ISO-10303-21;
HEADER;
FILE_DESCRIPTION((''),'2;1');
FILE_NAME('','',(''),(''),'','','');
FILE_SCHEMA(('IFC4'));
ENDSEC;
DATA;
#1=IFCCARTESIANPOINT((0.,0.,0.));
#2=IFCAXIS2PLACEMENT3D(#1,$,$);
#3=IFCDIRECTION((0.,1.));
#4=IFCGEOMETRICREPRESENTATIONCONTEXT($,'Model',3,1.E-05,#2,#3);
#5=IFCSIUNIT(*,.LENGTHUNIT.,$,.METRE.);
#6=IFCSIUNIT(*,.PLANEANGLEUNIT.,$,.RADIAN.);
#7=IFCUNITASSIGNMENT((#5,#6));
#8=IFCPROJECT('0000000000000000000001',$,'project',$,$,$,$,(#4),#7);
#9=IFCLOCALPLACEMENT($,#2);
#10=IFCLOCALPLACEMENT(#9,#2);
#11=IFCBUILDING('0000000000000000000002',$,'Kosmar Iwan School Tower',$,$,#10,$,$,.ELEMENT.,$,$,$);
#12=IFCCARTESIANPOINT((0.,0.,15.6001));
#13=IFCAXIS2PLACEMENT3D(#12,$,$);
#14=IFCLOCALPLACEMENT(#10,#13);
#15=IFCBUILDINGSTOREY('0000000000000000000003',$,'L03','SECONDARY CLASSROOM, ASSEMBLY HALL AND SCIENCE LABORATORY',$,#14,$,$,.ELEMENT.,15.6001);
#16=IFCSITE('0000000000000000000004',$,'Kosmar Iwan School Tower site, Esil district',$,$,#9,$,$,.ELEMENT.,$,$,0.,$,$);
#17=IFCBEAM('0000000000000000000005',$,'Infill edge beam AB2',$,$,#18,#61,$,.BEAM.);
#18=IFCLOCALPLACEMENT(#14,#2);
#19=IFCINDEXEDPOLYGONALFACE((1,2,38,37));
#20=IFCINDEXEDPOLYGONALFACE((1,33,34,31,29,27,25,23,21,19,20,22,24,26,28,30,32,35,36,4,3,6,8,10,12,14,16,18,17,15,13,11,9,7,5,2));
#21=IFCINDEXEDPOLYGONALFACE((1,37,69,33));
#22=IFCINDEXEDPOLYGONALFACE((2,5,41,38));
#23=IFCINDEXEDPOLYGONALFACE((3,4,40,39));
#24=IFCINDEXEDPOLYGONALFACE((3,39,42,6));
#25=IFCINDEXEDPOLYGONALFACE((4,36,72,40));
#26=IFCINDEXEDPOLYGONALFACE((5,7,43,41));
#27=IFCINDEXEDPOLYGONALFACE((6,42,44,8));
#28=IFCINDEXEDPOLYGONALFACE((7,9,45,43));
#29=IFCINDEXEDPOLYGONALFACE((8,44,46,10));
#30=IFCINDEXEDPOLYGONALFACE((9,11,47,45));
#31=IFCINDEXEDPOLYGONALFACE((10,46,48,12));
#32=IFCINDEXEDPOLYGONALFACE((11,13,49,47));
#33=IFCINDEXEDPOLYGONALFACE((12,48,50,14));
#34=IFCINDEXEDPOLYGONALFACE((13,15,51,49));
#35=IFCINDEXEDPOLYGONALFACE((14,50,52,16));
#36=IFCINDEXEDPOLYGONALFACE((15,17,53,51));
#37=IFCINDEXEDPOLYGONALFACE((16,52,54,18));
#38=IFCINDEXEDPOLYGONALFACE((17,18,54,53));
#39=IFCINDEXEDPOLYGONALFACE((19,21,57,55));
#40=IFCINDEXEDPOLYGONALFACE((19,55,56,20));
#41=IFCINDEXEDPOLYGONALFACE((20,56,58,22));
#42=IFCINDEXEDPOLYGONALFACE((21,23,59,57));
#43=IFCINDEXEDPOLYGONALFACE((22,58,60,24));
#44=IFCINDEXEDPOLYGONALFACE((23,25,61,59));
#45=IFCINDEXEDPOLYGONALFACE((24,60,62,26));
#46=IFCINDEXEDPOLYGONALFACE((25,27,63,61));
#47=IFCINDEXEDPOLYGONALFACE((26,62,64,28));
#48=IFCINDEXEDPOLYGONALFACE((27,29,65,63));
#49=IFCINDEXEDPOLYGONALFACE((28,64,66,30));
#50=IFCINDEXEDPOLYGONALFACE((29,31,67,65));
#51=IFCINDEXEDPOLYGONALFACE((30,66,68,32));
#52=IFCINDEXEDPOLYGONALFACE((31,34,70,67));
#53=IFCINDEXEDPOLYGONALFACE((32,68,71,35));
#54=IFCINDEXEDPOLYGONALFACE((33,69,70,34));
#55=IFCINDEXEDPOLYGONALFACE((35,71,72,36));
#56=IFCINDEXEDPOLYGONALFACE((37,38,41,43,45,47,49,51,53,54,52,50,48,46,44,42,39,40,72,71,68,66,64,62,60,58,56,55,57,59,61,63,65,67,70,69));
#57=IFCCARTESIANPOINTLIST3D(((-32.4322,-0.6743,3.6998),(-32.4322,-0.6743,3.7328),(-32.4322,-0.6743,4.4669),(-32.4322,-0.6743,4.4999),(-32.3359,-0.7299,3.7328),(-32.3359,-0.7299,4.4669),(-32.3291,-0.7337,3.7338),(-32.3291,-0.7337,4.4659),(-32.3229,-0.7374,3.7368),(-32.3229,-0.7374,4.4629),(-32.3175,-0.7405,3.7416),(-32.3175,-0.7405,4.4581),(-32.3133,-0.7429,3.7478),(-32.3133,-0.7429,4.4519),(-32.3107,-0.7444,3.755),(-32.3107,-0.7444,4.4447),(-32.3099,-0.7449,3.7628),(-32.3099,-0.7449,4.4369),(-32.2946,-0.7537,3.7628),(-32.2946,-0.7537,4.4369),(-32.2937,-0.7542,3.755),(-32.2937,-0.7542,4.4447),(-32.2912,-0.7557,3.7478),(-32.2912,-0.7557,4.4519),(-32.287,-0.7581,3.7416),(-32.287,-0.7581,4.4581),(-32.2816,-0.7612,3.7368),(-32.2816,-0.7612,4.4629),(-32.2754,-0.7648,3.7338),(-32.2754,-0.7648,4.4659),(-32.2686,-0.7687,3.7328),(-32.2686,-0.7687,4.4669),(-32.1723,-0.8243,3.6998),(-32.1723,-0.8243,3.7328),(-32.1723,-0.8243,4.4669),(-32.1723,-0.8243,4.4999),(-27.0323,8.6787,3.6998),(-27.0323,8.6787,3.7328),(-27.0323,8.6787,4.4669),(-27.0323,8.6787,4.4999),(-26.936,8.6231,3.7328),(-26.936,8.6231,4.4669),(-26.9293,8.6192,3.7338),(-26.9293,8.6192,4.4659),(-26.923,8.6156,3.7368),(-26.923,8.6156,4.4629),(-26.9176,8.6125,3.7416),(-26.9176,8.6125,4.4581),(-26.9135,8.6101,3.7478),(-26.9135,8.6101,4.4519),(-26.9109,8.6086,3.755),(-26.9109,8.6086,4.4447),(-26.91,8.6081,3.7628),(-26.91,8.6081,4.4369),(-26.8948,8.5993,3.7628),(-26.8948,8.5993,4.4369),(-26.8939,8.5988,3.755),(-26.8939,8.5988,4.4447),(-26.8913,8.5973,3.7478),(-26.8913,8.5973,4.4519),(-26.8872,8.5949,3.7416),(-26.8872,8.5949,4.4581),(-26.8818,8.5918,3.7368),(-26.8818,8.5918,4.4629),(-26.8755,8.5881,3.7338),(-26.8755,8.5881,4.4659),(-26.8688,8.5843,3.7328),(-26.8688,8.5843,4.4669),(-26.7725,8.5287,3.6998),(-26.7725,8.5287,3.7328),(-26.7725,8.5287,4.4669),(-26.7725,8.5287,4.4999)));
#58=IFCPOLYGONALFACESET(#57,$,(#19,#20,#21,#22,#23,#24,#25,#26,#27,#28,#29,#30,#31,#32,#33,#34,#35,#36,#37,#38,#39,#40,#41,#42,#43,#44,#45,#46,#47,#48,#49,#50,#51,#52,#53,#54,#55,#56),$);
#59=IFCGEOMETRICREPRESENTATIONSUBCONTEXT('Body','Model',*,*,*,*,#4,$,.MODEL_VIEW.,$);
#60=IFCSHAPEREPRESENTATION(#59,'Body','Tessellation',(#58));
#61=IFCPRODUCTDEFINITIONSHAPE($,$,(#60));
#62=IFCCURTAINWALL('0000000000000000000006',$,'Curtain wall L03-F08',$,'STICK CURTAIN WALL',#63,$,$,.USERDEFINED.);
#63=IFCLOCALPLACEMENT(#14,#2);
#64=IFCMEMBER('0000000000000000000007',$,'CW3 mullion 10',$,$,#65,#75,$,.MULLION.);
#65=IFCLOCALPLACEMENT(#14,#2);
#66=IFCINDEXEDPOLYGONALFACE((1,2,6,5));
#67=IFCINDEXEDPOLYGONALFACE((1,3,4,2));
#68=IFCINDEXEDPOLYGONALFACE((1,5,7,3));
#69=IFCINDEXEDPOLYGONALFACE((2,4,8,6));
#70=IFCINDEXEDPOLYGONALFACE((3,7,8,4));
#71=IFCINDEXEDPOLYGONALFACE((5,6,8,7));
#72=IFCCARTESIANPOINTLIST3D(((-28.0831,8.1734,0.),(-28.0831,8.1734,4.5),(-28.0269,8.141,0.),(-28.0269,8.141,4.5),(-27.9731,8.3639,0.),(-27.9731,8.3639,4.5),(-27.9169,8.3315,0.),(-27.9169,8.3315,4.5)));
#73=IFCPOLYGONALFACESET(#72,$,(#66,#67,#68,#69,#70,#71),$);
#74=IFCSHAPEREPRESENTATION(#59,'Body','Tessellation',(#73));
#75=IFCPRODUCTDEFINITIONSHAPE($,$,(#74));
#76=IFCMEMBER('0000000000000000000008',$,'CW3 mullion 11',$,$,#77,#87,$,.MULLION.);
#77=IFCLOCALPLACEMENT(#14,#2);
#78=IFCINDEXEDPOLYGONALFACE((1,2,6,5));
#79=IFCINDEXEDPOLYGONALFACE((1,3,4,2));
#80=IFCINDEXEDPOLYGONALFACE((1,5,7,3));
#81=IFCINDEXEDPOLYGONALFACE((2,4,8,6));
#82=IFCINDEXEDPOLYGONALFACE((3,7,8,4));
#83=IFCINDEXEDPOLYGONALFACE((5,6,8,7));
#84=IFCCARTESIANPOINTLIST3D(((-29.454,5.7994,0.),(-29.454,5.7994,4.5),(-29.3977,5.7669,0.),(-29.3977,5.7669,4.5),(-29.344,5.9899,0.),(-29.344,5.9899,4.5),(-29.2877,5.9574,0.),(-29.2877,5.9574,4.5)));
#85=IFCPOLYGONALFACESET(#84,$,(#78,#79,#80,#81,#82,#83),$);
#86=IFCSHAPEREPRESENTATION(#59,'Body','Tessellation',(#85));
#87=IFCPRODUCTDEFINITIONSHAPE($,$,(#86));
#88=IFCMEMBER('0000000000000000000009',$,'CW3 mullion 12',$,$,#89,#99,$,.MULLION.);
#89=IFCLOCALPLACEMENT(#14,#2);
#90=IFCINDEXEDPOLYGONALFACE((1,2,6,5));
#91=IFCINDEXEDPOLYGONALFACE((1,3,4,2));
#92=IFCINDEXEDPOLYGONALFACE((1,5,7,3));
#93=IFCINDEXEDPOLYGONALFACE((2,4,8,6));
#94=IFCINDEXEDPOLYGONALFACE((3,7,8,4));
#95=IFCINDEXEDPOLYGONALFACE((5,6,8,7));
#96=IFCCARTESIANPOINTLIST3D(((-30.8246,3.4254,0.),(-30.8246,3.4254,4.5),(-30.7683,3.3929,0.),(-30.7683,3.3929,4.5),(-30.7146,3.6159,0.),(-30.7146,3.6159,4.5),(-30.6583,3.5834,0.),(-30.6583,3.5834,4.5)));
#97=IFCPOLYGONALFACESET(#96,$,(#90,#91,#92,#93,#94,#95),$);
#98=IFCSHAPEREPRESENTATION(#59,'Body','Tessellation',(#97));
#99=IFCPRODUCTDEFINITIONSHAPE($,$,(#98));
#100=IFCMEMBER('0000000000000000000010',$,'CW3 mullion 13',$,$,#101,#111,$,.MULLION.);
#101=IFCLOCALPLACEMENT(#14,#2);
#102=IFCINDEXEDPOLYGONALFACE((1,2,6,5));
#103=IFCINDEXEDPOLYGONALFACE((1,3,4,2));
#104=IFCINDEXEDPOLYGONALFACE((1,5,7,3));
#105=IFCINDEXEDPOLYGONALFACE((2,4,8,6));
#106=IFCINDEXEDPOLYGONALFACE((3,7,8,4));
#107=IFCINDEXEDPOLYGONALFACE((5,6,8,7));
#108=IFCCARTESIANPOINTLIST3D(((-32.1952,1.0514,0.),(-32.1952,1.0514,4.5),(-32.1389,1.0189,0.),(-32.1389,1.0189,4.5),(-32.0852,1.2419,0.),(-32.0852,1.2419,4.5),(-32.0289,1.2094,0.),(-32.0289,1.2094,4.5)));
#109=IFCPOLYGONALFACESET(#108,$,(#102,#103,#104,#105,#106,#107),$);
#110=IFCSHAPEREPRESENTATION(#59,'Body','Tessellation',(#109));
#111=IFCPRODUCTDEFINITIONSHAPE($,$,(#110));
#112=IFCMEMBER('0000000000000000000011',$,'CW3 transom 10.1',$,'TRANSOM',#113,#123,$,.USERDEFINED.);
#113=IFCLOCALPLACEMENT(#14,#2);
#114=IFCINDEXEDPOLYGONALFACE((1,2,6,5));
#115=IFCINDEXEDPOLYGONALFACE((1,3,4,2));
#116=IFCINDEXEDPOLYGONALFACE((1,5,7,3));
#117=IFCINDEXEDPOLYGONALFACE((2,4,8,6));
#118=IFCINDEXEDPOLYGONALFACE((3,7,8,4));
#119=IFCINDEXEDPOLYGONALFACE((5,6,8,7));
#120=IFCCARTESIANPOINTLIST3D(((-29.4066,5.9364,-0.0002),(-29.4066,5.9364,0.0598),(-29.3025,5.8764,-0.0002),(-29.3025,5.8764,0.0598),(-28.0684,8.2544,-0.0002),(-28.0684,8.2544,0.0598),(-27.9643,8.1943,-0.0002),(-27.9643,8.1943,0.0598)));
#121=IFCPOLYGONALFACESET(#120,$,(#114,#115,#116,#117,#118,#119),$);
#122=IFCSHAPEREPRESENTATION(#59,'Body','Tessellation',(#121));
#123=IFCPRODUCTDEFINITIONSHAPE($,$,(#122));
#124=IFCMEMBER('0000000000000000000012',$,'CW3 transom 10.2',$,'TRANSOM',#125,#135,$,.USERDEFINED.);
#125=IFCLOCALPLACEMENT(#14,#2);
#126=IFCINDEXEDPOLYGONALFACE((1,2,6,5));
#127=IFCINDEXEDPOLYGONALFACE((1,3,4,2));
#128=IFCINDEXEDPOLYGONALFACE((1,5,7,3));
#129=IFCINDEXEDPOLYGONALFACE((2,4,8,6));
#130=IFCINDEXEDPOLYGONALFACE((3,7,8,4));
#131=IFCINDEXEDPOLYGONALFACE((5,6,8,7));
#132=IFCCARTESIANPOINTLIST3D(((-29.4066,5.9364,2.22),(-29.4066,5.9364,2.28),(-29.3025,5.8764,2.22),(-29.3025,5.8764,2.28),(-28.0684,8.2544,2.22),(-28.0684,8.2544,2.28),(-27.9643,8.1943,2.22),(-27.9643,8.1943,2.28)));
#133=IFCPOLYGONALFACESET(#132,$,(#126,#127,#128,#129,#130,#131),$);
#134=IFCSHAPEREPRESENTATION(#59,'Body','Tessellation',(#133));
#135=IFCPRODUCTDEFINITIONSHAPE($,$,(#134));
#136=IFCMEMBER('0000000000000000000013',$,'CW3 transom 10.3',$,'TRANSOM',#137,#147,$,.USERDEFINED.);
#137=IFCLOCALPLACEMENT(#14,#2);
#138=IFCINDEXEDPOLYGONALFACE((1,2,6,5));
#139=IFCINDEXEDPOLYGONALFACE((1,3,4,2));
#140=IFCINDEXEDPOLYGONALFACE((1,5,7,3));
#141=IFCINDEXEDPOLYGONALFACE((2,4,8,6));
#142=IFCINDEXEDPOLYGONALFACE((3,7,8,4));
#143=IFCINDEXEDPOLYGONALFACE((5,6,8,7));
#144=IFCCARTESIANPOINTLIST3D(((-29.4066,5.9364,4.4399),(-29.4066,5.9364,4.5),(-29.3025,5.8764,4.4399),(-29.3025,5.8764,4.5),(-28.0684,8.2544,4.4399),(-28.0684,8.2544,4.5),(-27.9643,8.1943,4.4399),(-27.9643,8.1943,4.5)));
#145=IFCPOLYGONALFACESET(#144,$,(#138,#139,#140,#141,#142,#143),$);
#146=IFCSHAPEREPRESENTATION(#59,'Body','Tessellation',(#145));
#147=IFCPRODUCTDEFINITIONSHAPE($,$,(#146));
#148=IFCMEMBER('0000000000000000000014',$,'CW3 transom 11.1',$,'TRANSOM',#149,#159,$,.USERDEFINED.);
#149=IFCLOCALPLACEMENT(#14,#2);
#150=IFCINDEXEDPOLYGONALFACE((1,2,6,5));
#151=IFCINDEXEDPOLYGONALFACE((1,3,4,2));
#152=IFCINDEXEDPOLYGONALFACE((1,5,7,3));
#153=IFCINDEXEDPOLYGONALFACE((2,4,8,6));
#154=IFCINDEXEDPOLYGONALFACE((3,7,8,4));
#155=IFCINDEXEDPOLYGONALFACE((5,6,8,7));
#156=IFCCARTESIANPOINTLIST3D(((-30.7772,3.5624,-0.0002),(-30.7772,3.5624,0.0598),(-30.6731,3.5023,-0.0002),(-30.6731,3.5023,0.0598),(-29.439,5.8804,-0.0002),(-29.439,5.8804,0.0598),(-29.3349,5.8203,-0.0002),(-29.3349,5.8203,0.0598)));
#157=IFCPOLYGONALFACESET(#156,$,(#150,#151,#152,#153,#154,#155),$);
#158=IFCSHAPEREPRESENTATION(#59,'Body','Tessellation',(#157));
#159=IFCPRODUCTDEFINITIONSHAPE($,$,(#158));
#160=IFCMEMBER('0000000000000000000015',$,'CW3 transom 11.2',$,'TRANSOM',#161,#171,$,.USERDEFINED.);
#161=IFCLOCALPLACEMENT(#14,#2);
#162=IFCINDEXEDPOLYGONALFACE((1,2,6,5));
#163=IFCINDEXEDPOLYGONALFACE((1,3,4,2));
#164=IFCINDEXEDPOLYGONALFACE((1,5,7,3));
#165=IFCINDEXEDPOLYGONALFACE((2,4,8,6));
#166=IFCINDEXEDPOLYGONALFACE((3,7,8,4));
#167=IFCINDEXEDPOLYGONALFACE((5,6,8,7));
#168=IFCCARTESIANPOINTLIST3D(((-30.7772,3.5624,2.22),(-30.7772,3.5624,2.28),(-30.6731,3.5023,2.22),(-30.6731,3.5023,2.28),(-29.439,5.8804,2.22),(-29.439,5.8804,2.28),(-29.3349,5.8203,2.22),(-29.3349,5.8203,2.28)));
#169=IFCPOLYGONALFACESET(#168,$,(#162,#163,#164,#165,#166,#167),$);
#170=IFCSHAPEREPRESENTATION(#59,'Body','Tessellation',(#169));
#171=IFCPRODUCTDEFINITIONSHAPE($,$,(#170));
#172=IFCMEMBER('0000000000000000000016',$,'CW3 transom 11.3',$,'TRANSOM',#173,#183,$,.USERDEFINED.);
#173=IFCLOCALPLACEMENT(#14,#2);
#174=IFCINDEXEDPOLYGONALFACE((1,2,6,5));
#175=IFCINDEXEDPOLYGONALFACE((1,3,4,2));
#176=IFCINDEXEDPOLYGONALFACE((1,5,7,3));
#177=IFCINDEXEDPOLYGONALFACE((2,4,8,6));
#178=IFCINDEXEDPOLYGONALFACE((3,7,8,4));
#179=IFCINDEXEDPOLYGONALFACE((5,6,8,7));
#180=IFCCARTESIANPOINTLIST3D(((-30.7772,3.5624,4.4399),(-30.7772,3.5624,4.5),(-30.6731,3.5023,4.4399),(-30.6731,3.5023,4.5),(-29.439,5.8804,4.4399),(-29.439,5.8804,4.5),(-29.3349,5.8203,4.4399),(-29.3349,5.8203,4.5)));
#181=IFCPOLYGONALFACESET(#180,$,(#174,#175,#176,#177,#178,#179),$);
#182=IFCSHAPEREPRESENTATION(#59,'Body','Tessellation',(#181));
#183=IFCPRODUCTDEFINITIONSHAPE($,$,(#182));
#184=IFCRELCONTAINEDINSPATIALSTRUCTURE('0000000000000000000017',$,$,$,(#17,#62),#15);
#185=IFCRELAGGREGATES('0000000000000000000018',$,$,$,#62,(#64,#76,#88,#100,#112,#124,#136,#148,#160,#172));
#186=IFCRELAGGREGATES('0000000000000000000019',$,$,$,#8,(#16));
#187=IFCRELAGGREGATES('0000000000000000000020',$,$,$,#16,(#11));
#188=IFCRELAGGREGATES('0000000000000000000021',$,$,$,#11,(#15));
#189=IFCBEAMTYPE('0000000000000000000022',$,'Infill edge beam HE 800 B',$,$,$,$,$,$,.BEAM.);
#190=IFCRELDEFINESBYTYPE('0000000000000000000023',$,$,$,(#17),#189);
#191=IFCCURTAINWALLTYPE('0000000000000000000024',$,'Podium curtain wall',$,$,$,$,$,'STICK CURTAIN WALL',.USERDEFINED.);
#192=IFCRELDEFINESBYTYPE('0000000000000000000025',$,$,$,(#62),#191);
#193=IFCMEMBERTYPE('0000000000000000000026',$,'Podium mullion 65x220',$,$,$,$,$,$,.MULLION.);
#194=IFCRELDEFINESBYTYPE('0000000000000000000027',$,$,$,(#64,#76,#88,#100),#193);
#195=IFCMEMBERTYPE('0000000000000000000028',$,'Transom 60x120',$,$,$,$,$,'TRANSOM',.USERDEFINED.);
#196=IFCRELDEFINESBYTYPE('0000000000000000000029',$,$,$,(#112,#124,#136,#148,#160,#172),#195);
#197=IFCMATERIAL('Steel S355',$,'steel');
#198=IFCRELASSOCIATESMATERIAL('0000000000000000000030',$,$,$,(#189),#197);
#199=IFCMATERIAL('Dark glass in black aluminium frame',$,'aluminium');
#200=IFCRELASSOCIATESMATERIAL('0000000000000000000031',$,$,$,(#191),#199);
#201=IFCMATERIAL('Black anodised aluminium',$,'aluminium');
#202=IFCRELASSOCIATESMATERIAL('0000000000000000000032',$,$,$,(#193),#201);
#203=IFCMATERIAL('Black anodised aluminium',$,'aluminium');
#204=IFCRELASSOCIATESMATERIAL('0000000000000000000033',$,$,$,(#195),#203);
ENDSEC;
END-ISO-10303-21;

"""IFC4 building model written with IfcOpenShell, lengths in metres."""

from ifc_helpers import new_model, si_unit, direction, frame, origin, origin_2d, place, context, subcontext, project, spatial, rectangle, i_section, extrude, material, material_profile, profile_set, type_object, element, aggregate, save


model = new_model("IFC4")

# Units and contexts
model_context = context("Model", 3, precision=1e-05, world=origin(), true_north=direction((0.0, 1.0)))
body_context = subcontext(model_context, "Body", "Model", "MODEL_VIEW")
ifc_project = project(units=[si_unit("LENGTHUNIT", "METRE"), si_unit("PLANEANGLEUNIT", "RADIAN")], contexts=[model_context])

# Site, building, storey
site_placement = place(None, origin())
site = spatial("IfcSite", under=ifc_project, at=site_placement, Name="Kosmar Iwan School Tower site, Esil district", CompositionType="ELEMENT", RefElevation=0.0)
building_placement = place(site_placement, origin())
building = spatial("IfcBuilding", under=site, at=building_placement, Name="Kosmar Iwan School Tower", CompositionType="ELEMENT")
storey_placement = place(building_placement, frame((0.0, 0.0, 15.6001)))
storey = spatial("IfcBuildingStorey", under=building, at=storey_placement, Name="L03", Description="SECONDARY CLASSROOM, ASSEMBLY HALL AND SCIENCE LABORATORY", CompositionType="ELEMENT", Elevation=15.6001)

# Beam
ifc_material_1 = material(Name="Steel S355", Category="steel")
ifc_material_profile_1 = material_profile(ifc_material_1, i_section(OverallWidth=0.3, OverallDepth=0.8, WebThickness=0.0176, FlangeThickness=0.033, FilletRadius=0.03, at=origin_2d()), Name="HE 800 B")
ifc_profile_set_1 = profile_set([ifc_material_profile_1], Name="Steel S355")
beam_type = type_object("IfcBeamType", Name="Infill edge beam HE 800 B", PredefinedType="BEAM", material=ifc_profile_set_1)
beam_placement = place(storey_placement, frame((-32.3022, -0.7493, 4.0999), z_axis=(0.499995, 0.866028, 0.0), x_axis=(-0.866028, 0.499995, 0.0)))
element("IfcBeam", 1, at=beam_placement, inside=storey, type_object=beam_type, Name="Infill edge beam AB2", PredefinedType="BEAM", context=body_context, shape_type="SweptSolid", body=[
    extrude(i_section(OverallWidth=0.3, OverallDepth=0.8, WebThickness=0.0176, FlangeThickness=0.033, FilletRadius=0.03, at=origin_2d()), origin(), (0.0, 0.0, 1.0), 10.7998),
])

# Curtain wall, members
ifc_material_2 = material(Name="Dark glass in black aluminium frame", Category="aluminium")
curtain_wall_type = type_object("IfcCurtainWallType", Name="Podium curtain wall", ElementType="STICK CURTAIN WALL", PredefinedType="USERDEFINED", material=ifc_material_2)
curtain_wall_placement = place(storey_placement, origin())
curtain_wall = element("IfcCurtainWall", 2, at=curtain_wall_placement, inside=storey, type_object=curtain_wall_type, Name="Curtain wall L03-F08", ObjectType="STICK CURTAIN WALL", PredefinedType="USERDEFINED")
ifc_material_3 = material(Name="Black anodised aluminium", Category="aluminium")
ifc_material_profile_2 = material_profile(ifc_material_3, rectangle(XDim=0.0649, YDim=0.22, at=origin_2d()), Name="MULLION 65x220")
ifc_profile_set_2 = profile_set([ifc_material_profile_2], Name="Black anodised aluminium")
member_type_1 = type_object("IfcMemberType", Name="Podium mullion 65x220", PredefinedType="MULLION", material=ifc_profile_set_2)
member_1_placement = place(storey_placement, frame((-28.0, 8.2524, 0.0), z_axis=(0.0, 0.0, 1.0), x_axis=(0.866025, -0.5, 0.0)))
member_1 = element("IfcMember", 3, at=member_1_placement, type_object=member_type_1, Name="CW3 mullion 10", PredefinedType="MULLION", context=body_context, shape_type="SweptSolid", body=[
    extrude(rectangle(XDim=0.0649, YDim=0.22, at=origin_2d()), origin(), (0.0, 0.0, 1.0), 4.5),
])
member_2_placement = place(storey_placement, frame((-29.3708, 5.8784, 0.0), z_axis=(0.0, 0.0, 1.0), x_axis=(0.866025, -0.5, 0.0)))
member_2 = element("IfcMember", 4, at=member_2_placement, type_object=member_type_1, Name="CW3 mullion 11", PredefinedType="MULLION", context=body_context, shape_type="SweptSolid", body=[
    extrude(rectangle(XDim=0.0649, YDim=0.22, at=origin_2d()), origin(), (0.0, 0.0, 1.0), 4.5),
])
member_3_placement = place(storey_placement, frame((-30.7415, 3.5044, 0.0), z_axis=(0.0, 0.0, 1.0), x_axis=(0.866025, -0.5, 0.0)))
member_3 = element("IfcMember", 5, at=member_3_placement, type_object=member_type_1, Name="CW3 mullion 12", PredefinedType="MULLION", context=body_context, shape_type="SweptSolid", body=[
    extrude(rectangle(XDim=0.0649, YDim=0.22, at=origin_2d()), origin(), (0.0, 0.0, 1.0), 4.5),
])
member_4_placement = place(storey_placement, frame((-32.1121, 1.1304, 0.0), z_axis=(0.0, 0.0, 1.0), x_axis=(0.866025, -0.5, 0.0)))
member_4 = element("IfcMember", 6, at=member_4_placement, type_object=member_type_1, Name="CW3 mullion 13", PredefinedType="MULLION", context=body_context, shape_type="SweptSolid", body=[
    extrude(rectangle(XDim=0.0649, YDim=0.22, at=origin_2d()), origin(), (0.0, 0.0, 1.0), 4.5),
])
ifc_material_4 = material(Name="Black anodised aluminium", Category="aluminium")
ifc_material_profile_3 = material_profile(ifc_material_4, rectangle(XDim=0.1201, YDim=0.0601, at=origin_2d()), Name="TRANSOM 60x120")
ifc_profile_set_3 = profile_set([ifc_material_profile_3], Name="Black anodised aluminium")
member_type_2 = type_object("IfcMemberType", Name="Transom 60x120", ElementType="TRANSOM", PredefinedType="USERDEFINED", material=ifc_profile_set_3)
member_5_placement = place(storey_placement, frame((-28.0164, 8.2244, 0.0298), z_axis=(-0.499975, -0.86604, 0.0), x_axis=(0.86604, -0.499975, 0.0)))
member_5 = element("IfcMember", 7, at=member_5_placement, type_object=member_type_2, Name="CW3 transom 10.1", ObjectType="TRANSOM", PredefinedType="USERDEFINED", context=body_context, shape_type="SweptSolid", body=[
    extrude(rectangle(XDim=0.1201, YDim=0.0601, at=origin_2d()), origin(), (0.0, 0.0, 1.0), 2.6765),
])
member_6_placement = place(storey_placement, frame((-28.0164, 8.2244, 2.25), z_axis=(-0.499975, -0.86604, 0.0), x_axis=(0.86604, -0.499975, 0.0)))
member_6 = element("IfcMember", 8, at=member_6_placement, type_object=member_type_2, Name="CW3 transom 10.2", ObjectType="TRANSOM", PredefinedType="USERDEFINED", context=body_context, shape_type="SweptSolid", body=[
    extrude(rectangle(XDim=0.1201, YDim=0.0601, at=origin_2d()), origin(), (0.0, 0.0, 1.0), 2.6765),
])
member_7_placement = place(storey_placement, frame((-28.0164, 8.2244, 4.47), z_axis=(-0.499975, -0.86604, 0.0), x_axis=(0.86604, -0.499975, 0.0)))
member_7 = element("IfcMember", 9, at=member_7_placement, type_object=member_type_2, Name="CW3 transom 10.3", ObjectType="TRANSOM", PredefinedType="USERDEFINED", context=body_context, shape_type="SweptSolid", body=[
    extrude(rectangle(XDim=0.1201, YDim=0.0601, at=origin_2d()), origin(), (0.0, 0.0, 1.0), 2.6765),
])
member_8_placement = place(storey_placement, frame((-29.387, 5.8503, 0.0298), z_axis=(-0.499975, -0.86604, 0.0), x_axis=(0.86604, -0.499975, 0.0)))
member_8 = element("IfcMember", 10, at=member_8_placement, type_object=member_type_2, Name="CW3 transom 11.1", ObjectType="TRANSOM", PredefinedType="USERDEFINED", context=body_context, shape_type="SweptSolid", body=[
    extrude(rectangle(XDim=0.1201, YDim=0.0601, at=origin_2d()), origin(), (0.0, 0.0, 1.0), 2.6765),
])
member_9_placement = place(storey_placement, frame((-29.387, 5.8503, 2.25), z_axis=(-0.499975, -0.86604, 0.0), x_axis=(0.86604, -0.499975, 0.0)))
member_9 = element("IfcMember", 11, at=member_9_placement, type_object=member_type_2, Name="CW3 transom 11.2", ObjectType="TRANSOM", PredefinedType="USERDEFINED", context=body_context, shape_type="SweptSolid", body=[
    extrude(rectangle(XDim=0.1201, YDim=0.0601, at=origin_2d()), origin(), (0.0, 0.0, 1.0), 2.6765),
])
member_10_placement = place(storey_placement, frame((-29.387, 5.8503, 4.47), z_axis=(-0.499975, -0.86604, 0.0), x_axis=(0.86604, -0.499975, 0.0)))
member_10 = element("IfcMember", 12, at=member_10_placement, type_object=member_type_2, Name="CW3 transom 11.3", ObjectType="TRANSOM", PredefinedType="USERDEFINED", context=body_context, shape_type="SweptSolid", body=[
    extrude(rectangle(XDim=0.1201, YDim=0.0601, at=origin_2d()), origin(), (0.0, 0.0, 1.0), 2.6765),
])
aggregate(curtain_wall, [member_1, member_2, member_3, member_4, member_5, member_6, member_7, member_8, member_9, member_10])

save(model, "model.ifc")
